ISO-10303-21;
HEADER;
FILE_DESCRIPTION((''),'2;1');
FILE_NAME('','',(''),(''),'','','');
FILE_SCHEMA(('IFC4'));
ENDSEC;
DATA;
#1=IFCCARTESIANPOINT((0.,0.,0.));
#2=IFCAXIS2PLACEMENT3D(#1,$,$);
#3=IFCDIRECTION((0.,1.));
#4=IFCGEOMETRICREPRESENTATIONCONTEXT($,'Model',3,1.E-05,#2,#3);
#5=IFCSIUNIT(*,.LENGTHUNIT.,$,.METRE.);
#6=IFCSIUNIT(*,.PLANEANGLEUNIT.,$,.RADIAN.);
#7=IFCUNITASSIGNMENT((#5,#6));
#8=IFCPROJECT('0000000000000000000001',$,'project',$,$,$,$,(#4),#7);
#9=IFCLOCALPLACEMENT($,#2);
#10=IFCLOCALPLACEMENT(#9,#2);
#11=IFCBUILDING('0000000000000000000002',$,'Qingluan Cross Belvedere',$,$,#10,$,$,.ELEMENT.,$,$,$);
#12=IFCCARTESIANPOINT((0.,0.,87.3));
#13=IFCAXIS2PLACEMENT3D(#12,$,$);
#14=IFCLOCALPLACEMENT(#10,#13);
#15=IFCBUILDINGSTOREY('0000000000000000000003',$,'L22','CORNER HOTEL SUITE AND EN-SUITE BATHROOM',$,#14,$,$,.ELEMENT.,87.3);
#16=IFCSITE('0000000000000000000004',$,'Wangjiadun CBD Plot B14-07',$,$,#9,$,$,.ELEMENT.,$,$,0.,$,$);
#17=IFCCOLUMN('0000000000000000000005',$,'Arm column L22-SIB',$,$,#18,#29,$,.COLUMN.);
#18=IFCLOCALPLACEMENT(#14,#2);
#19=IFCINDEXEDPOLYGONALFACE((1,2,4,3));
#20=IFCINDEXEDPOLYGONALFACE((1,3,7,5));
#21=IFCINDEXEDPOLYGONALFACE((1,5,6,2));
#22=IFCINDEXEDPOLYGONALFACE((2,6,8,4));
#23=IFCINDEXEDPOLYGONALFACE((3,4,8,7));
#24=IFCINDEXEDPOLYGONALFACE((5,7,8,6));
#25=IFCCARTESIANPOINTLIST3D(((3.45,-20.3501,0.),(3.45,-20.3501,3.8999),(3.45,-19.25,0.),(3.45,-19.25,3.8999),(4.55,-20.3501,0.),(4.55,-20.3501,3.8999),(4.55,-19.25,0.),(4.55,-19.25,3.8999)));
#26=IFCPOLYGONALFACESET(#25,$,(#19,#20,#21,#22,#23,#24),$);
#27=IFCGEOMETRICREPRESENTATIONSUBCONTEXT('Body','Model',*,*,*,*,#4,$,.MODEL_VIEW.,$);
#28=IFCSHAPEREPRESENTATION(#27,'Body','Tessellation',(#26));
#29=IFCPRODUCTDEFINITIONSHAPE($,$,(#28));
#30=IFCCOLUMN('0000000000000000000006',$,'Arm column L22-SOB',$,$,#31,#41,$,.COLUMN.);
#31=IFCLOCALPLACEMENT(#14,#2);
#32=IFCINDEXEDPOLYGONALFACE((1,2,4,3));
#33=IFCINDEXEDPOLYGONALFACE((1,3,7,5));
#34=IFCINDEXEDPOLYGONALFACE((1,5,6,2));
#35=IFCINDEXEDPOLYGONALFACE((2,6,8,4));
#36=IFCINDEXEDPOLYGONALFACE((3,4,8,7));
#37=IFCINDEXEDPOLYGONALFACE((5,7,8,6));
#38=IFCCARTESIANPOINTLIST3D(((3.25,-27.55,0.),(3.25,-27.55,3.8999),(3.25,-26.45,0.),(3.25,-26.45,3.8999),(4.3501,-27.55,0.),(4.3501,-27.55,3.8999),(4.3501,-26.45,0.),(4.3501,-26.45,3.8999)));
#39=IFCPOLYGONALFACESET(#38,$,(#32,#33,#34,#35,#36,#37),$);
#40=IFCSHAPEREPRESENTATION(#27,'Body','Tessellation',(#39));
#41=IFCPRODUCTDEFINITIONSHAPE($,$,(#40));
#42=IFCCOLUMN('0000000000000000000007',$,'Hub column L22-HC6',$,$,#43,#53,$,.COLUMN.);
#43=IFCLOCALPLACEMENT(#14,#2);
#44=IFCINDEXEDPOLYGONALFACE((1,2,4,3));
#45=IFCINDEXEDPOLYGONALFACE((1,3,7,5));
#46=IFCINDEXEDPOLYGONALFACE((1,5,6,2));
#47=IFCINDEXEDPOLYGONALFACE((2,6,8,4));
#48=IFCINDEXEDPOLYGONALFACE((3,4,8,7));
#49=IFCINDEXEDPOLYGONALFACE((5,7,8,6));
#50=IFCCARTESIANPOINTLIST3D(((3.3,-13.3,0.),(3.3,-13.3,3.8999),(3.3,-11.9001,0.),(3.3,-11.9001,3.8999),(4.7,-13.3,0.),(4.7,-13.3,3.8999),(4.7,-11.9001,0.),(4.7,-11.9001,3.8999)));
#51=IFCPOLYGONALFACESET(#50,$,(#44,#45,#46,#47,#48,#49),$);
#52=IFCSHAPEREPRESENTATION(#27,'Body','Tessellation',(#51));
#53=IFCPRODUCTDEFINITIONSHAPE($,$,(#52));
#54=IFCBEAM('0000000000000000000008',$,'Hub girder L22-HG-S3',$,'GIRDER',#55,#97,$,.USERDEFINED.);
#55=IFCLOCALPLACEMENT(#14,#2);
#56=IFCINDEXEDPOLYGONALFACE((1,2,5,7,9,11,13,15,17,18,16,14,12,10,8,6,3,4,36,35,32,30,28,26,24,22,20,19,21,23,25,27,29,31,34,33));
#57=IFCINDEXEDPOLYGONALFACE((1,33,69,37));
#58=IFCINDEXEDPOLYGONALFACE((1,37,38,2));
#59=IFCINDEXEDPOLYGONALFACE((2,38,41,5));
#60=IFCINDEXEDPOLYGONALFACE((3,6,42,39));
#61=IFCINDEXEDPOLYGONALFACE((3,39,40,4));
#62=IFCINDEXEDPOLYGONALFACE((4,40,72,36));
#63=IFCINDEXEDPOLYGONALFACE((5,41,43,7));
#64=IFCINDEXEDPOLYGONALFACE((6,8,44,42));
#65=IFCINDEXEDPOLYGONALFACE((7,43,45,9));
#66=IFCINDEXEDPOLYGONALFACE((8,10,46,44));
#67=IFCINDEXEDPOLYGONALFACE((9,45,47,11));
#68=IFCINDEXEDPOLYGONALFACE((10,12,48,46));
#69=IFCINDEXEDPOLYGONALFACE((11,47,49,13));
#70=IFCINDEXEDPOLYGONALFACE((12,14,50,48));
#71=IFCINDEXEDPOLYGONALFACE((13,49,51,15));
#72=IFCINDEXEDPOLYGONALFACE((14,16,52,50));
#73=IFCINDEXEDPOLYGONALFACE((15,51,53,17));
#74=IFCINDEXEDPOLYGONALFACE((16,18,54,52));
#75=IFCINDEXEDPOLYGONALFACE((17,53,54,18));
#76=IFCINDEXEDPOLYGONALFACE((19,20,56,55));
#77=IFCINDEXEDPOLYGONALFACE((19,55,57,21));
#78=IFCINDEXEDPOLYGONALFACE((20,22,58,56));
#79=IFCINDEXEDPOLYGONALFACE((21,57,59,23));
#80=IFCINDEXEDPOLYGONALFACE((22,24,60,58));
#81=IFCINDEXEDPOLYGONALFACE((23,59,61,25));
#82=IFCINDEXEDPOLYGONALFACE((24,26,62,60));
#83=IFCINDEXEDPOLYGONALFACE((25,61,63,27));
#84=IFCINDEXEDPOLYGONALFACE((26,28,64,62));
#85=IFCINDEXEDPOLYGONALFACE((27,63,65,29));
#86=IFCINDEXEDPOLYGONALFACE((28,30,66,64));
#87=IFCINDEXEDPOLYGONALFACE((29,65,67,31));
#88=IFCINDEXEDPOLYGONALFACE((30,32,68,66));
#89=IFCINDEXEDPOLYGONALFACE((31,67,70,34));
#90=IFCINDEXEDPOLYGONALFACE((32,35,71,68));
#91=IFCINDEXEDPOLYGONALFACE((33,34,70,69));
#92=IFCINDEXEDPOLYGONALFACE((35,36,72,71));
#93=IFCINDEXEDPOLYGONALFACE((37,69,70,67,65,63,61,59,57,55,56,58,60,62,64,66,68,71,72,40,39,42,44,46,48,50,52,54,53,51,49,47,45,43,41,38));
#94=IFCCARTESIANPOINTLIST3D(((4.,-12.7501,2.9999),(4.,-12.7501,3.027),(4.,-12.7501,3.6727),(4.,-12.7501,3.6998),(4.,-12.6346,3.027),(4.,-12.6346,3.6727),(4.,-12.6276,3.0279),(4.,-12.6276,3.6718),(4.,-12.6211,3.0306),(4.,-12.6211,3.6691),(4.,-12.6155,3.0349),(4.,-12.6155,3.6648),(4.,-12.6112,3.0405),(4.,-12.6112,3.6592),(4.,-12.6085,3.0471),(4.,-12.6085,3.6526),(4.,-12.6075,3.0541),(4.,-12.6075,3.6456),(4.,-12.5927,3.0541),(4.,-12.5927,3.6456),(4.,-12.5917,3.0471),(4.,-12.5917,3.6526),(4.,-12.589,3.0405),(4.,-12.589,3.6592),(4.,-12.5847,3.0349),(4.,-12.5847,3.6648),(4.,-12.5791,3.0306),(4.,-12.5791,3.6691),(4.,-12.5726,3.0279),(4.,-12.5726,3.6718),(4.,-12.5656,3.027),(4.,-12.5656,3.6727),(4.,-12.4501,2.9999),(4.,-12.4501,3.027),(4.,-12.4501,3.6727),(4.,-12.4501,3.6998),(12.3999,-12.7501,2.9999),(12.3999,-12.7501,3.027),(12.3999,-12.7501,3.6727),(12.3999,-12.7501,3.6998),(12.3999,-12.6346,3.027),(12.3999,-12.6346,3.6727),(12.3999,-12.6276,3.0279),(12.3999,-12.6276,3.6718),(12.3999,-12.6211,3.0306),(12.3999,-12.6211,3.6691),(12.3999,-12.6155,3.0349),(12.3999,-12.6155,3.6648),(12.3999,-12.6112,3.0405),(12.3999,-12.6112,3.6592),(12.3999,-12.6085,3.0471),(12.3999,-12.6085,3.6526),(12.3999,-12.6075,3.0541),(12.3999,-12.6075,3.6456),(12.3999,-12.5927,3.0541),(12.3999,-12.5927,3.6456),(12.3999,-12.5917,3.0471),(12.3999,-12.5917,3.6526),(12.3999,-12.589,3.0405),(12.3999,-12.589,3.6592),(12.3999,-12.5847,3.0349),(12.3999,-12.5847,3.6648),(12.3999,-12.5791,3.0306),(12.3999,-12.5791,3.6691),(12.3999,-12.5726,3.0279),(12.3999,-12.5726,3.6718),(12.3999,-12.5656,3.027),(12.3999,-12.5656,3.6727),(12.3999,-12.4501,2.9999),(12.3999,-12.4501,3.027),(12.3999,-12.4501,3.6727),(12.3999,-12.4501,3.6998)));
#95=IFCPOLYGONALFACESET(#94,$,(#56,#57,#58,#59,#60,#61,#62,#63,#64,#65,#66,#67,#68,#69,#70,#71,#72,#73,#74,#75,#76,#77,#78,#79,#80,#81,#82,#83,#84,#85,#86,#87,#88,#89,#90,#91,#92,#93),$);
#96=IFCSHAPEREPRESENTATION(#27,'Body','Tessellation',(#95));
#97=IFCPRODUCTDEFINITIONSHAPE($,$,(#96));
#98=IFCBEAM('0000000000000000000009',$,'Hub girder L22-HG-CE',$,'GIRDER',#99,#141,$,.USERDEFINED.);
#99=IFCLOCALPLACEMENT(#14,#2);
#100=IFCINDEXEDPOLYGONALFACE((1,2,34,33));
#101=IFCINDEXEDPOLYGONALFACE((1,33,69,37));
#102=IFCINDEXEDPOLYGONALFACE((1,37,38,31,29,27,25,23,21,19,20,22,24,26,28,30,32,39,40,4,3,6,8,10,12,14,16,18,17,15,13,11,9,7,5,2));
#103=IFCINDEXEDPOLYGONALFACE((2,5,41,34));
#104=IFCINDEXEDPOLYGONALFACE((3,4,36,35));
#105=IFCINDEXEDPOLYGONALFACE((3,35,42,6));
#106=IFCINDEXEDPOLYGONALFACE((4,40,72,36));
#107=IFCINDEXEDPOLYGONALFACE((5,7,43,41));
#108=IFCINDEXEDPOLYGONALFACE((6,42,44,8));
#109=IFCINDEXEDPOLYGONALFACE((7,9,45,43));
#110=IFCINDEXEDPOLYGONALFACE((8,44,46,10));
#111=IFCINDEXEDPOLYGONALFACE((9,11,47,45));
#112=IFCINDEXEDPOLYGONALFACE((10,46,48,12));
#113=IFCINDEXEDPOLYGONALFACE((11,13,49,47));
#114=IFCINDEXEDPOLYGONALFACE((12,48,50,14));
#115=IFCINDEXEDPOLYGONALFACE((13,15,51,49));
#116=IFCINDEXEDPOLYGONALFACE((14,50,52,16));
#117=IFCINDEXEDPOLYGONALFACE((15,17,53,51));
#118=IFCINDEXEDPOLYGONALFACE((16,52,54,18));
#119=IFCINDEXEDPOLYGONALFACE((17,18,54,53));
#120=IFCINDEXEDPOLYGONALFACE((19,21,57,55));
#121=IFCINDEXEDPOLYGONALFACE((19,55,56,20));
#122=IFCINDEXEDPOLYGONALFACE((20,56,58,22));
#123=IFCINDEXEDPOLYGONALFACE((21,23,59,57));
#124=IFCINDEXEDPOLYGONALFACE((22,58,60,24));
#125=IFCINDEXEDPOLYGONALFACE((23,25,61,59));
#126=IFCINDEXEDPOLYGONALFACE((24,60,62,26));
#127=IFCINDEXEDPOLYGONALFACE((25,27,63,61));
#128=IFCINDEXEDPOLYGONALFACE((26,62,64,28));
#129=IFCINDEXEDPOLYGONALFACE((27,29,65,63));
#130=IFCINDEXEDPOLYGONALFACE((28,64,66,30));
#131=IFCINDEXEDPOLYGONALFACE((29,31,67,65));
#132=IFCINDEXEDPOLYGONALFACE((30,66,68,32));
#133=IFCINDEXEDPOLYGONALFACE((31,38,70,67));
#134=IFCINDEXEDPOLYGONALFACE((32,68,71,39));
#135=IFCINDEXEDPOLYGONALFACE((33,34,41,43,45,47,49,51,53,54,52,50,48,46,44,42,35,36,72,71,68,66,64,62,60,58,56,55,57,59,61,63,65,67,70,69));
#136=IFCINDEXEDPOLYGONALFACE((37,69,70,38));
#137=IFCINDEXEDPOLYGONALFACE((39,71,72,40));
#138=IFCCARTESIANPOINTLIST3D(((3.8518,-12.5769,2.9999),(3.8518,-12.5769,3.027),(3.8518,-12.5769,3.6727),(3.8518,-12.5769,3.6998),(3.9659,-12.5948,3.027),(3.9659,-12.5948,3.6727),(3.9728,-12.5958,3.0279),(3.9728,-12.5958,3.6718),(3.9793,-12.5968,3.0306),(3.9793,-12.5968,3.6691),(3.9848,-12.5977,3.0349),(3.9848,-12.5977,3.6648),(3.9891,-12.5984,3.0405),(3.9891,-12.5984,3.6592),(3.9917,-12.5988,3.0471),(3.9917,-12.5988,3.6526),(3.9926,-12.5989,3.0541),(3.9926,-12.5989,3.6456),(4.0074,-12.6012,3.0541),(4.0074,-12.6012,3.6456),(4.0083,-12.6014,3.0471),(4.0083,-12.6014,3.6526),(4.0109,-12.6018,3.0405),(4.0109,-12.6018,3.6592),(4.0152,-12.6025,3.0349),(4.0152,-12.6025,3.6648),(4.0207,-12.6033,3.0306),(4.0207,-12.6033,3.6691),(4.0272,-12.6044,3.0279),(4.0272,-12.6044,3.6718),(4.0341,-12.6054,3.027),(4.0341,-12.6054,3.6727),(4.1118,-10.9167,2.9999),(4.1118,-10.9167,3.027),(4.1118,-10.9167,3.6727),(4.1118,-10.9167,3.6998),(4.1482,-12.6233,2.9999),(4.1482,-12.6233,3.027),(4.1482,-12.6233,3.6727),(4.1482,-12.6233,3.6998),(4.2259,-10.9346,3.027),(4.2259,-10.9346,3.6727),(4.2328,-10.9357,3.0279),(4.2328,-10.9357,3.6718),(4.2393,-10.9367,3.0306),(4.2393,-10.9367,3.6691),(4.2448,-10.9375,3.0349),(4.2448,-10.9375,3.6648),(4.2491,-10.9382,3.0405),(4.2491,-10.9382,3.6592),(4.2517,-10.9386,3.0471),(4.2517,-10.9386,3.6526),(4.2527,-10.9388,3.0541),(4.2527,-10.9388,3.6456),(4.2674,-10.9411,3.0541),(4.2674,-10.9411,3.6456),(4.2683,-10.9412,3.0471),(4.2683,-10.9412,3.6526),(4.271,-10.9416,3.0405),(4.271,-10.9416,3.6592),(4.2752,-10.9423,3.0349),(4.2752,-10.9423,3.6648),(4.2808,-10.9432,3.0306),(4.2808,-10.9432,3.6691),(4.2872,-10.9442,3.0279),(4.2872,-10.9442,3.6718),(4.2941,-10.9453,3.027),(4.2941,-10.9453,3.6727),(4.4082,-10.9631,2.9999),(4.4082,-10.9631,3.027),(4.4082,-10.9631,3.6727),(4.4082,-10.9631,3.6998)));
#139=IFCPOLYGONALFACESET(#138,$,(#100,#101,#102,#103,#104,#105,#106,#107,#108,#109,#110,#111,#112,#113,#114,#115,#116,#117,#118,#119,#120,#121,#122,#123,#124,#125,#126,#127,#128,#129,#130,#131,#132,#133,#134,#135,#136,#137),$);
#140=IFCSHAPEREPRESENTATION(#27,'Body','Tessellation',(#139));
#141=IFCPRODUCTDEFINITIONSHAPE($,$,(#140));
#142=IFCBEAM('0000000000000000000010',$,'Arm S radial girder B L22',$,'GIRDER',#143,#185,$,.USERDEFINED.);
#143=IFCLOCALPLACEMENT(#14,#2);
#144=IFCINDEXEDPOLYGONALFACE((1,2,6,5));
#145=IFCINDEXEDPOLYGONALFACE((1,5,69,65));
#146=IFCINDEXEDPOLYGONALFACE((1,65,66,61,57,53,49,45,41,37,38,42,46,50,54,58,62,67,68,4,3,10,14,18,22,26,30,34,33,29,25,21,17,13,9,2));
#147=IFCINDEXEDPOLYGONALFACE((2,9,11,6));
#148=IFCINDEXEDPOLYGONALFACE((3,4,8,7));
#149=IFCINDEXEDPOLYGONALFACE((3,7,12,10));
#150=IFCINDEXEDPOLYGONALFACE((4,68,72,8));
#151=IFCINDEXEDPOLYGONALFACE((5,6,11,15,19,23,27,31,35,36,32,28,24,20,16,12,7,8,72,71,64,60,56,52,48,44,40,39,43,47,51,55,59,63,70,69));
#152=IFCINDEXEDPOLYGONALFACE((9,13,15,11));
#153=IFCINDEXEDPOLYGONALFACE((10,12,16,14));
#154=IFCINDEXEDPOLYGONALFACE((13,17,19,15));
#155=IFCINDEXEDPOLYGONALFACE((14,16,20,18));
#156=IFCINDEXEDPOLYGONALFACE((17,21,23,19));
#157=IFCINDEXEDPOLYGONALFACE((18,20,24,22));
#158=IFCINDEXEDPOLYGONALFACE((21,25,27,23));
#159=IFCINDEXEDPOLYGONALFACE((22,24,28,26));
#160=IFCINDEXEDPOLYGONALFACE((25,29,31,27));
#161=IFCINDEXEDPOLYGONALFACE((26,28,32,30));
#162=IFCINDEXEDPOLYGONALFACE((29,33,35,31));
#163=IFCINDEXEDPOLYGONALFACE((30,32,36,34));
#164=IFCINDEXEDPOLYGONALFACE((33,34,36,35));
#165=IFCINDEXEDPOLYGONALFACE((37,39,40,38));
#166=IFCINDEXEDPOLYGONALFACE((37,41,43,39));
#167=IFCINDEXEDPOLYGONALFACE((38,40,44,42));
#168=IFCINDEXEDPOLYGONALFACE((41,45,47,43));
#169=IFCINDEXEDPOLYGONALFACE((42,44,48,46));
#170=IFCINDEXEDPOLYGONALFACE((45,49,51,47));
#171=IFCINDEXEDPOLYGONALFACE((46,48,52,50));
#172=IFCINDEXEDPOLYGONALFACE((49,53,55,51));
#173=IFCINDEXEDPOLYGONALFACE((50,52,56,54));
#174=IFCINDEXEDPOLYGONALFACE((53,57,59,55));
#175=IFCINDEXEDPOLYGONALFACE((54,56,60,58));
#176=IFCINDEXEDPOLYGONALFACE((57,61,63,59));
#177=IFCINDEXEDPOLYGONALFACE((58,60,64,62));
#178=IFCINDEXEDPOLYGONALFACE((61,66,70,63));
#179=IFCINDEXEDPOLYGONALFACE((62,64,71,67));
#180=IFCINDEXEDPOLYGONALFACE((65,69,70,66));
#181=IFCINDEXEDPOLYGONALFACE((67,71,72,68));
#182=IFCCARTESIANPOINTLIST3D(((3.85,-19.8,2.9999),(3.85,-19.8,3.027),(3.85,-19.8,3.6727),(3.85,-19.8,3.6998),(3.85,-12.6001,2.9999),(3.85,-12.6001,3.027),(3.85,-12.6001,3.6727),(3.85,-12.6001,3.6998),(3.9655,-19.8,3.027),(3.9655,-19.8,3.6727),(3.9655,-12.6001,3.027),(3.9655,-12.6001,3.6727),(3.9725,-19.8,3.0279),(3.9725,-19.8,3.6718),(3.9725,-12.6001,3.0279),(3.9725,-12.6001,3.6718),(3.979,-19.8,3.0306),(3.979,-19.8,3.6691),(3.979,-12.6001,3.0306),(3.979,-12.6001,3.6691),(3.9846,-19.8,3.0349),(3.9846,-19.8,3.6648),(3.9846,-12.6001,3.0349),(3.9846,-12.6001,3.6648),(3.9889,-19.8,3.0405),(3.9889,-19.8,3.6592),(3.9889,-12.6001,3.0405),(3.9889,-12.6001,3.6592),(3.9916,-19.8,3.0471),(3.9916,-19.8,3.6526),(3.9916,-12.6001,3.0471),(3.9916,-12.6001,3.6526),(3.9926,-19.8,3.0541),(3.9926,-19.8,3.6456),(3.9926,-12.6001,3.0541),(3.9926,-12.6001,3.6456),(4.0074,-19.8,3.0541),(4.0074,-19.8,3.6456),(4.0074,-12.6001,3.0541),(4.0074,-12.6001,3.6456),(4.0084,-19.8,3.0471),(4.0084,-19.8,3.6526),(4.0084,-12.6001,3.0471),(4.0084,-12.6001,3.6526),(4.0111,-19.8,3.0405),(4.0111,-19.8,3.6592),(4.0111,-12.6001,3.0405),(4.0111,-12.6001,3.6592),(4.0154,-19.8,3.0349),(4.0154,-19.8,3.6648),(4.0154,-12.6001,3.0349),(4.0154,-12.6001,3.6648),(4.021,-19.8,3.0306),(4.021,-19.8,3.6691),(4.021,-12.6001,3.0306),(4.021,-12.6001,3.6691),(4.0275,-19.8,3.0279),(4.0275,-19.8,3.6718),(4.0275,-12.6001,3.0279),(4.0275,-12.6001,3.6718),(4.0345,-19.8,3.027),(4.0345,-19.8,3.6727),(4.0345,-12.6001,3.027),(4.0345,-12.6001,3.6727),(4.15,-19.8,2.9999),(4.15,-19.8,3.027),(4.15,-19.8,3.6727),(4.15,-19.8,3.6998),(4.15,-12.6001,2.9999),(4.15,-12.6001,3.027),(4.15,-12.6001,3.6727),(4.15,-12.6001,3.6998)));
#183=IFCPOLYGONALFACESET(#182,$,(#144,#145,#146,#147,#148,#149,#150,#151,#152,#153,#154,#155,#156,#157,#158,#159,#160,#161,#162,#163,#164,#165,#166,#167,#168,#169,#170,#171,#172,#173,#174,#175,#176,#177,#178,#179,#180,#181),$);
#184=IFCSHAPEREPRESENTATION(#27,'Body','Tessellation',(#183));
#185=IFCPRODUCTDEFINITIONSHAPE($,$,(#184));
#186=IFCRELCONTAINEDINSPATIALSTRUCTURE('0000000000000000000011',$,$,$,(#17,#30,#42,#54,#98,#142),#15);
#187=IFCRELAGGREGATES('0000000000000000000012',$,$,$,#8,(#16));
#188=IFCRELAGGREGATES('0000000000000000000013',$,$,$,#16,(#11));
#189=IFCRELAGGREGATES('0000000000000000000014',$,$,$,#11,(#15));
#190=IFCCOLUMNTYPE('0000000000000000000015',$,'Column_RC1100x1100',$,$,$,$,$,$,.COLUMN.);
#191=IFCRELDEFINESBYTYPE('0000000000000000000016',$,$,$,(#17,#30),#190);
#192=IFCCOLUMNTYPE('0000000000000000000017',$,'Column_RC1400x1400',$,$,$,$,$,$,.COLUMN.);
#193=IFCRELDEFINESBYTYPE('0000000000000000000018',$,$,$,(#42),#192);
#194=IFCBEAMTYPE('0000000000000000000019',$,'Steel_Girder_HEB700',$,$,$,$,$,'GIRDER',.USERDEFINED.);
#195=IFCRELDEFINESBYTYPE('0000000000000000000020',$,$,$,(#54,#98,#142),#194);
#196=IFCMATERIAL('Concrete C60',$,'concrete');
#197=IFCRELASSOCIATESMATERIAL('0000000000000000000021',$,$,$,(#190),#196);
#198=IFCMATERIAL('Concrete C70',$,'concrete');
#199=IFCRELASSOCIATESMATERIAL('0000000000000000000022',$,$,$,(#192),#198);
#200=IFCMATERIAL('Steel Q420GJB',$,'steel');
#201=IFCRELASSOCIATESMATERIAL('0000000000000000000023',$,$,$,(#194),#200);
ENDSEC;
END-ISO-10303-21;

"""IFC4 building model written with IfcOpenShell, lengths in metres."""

from ifc_helpers import new_model, si_unit, direction, frame, origin, origin_2d, place, context, subcontext, project, spatial, rectangle, i_section, extrude, material, material_profile, profile_set, type_object, element, save


model = new_model("IFC4")

# Units and contexts
model_context = context("Model", 3, precision=1e-05, world=origin(), true_north=direction((0.0, 1.0)))
body_context = subcontext(model_context, "Body", "Model", "MODEL_VIEW")
ifc_project = project(units=[si_unit("LENGTHUNIT", "METRE"), si_unit("PLANEANGLEUNIT", "RADIAN")], contexts=[model_context])

# Site, building, storey
site_placement = place(None, origin())
site = spatial("IfcSite", under=ifc_project, at=site_placement, Name="Wangjiadun CBD Plot B14-07", CompositionType="ELEMENT", RefElevation=0.0)
building_placement = place(site_placement, origin())
building = spatial("IfcBuilding", under=site, at=building_placement, Name="Qingluan Cross Belvedere", CompositionType="ELEMENT")
storey_placement = place(building_placement, frame((0.0, 0.0, 87.3)))
storey = spatial("IfcBuildingStorey", under=building, at=storey_placement, Name="L22", Description="CORNER HOTEL SUITE AND EN-SUITE BATHROOM", CompositionType="ELEMENT", Elevation=87.3)

# Columns
ifc_material_1 = material(Name="Concrete C60", Category="concrete")
ifc_material_profile_1 = material_profile(ifc_material_1, rectangle(XDim=1.1001, YDim=1.1001, at=origin_2d()), Name="RC1100x1100")
ifc_profile_set_1 = profile_set([ifc_material_profile_1], Name="Concrete C60")
column_type_1 = type_object("IfcColumnType", Name="Column_RC1100x1100", PredefinedType="COLUMN", material=ifc_profile_set_1)
for number, where, z_axis, x_axis, name in (
    (1, (4.0, -19.8, 0.0), (0.0, 0.0, 1.0), (1.0, 0.0, 0.0), "Arm column L22-SIB"),
    (2, (3.8, -27.0, 0.0), (0.0, 0.0, 1.0), (1.0, 0.0, 0.0), "Arm column L22-SOB"),
):
    element("IfcColumn", number, at=place(storey_placement, frame(where, z_axis=z_axis, x_axis=x_axis)), inside=storey, type_object=column_type_1, Name=name, PredefinedType="COLUMN", context=body_context, shape_type="SweptSolid", body=[
        extrude(rectangle(XDim=1.1001, YDim=1.1001, at=origin_2d()), origin(), (0.0, 0.0, 1.0), 3.8999),
    ])
ifc_material_2 = material(Name="Concrete C70", Category="concrete")
ifc_material_profile_2 = material_profile(ifc_material_2, rectangle(XDim=1.3999, YDim=1.3999, at=origin_2d()), Name="RC1400x1400")
ifc_profile_set_2 = profile_set([ifc_material_profile_2], Name="Concrete C70")
column_type_2 = type_object("IfcColumnType", Name="Column_RC1400x1400", PredefinedType="COLUMN", material=ifc_profile_set_2)
column_placement = place(storey_placement, frame((4.0, -12.6001, 0.0), z_axis=(0.0, 0.0, 1.0), x_axis=(1.0, 0.0, 0.0)))
element("IfcColumn", 3, at=column_placement, inside=storey, type_object=column_type_2, Name="Hub column L22-HC6", PredefinedType="COLUMN", context=body_context, shape_type="SweptSolid", body=[
    extrude(rectangle(XDim=1.3999, YDim=1.3999, at=origin_2d()), origin(), (0.0, 0.0, 1.0), 3.8999),
])

# Beams
ifc_material_3 = material(Name="Steel Q420GJB", Category="steel")
ifc_material_profile_3 = material_profile(ifc_material_3, i_section(OverallWidth=0.3, OverallDepth=0.7, WebThickness=0.0149, FlangeThickness=0.0271, FilletRadius=0.0271, at=origin_2d()), Name="HEB700")
ifc_profile_set_3 = profile_set([ifc_material_profile_3], Name="Steel Q420GJB")
beam_type = type_object("IfcBeamType", Name="Steel_Girder_HEB700", ElementType="GIRDER", PredefinedType="USERDEFINED", material=ifc_profile_set_3)
beam_1_placement = place(storey_placement, frame((4.0, -12.6001, 3.3499), z_axis=(1.0, 0.0, 0.0), x_axis=(0.0, 1.0, 0.0)))
element("IfcBeam", 4, at=beam_1_placement, inside=storey, type_object=beam_type, Name="Hub girder L22-HG-S3", ObjectType="GIRDER", PredefinedType="USERDEFINED", context=body_context, shape_type="SweptSolid", body=[
    extrude(i_section(OverallWidth=0.3, OverallDepth=0.7, WebThickness=0.0149, FlangeThickness=0.0271, FilletRadius=0.0271, at=origin_2d()), origin(), (0.0, 0.0, 1.0), 8.3999),
])
beam_2_placement = place(storey_placement, frame((4.0, -12.6001, 3.3499), z_axis=(0.154731, 0.987957, 0.0), x_axis=(-0.987957, 0.154731, 0.0)))
element("IfcBeam", 5, at=beam_2_placement, inside=storey, type_object=beam_type, Name="Hub girder L22-HG-CE", ObjectType="GIRDER", PredefinedType="USERDEFINED", context=body_context, shape_type="SweptSolid", body=[
    extrude(i_section(OverallWidth=0.3, OverallDepth=0.7, WebThickness=0.0149, FlangeThickness=0.0271, FilletRadius=0.0271, at=origin_2d()), origin(), (0.0, 0.0, 1.0), 1.6804),
])
beam_3_placement = place(storey_placement, frame((4.0, -12.6001, 3.3499), z_axis=(0.0, -1.0, 0.0), x_axis=(1.0, 0.0, 0.0)))
element("IfcBeam", 6, at=beam_3_placement, inside=storey, type_object=beam_type, Name="Arm S radial girder B L22", ObjectType="GIRDER", PredefinedType="USERDEFINED", context=body_context, shape_type="SweptSolid", body=[
    extrude(i_section(OverallWidth=0.3, OverallDepth=0.7, WebThickness=0.0149, FlangeThickness=0.0271, FilletRadius=0.0271, at=origin_2d()), origin(), (0.0, 0.0, 1.0), 7.2),
])

save(model, "model.ifc")
